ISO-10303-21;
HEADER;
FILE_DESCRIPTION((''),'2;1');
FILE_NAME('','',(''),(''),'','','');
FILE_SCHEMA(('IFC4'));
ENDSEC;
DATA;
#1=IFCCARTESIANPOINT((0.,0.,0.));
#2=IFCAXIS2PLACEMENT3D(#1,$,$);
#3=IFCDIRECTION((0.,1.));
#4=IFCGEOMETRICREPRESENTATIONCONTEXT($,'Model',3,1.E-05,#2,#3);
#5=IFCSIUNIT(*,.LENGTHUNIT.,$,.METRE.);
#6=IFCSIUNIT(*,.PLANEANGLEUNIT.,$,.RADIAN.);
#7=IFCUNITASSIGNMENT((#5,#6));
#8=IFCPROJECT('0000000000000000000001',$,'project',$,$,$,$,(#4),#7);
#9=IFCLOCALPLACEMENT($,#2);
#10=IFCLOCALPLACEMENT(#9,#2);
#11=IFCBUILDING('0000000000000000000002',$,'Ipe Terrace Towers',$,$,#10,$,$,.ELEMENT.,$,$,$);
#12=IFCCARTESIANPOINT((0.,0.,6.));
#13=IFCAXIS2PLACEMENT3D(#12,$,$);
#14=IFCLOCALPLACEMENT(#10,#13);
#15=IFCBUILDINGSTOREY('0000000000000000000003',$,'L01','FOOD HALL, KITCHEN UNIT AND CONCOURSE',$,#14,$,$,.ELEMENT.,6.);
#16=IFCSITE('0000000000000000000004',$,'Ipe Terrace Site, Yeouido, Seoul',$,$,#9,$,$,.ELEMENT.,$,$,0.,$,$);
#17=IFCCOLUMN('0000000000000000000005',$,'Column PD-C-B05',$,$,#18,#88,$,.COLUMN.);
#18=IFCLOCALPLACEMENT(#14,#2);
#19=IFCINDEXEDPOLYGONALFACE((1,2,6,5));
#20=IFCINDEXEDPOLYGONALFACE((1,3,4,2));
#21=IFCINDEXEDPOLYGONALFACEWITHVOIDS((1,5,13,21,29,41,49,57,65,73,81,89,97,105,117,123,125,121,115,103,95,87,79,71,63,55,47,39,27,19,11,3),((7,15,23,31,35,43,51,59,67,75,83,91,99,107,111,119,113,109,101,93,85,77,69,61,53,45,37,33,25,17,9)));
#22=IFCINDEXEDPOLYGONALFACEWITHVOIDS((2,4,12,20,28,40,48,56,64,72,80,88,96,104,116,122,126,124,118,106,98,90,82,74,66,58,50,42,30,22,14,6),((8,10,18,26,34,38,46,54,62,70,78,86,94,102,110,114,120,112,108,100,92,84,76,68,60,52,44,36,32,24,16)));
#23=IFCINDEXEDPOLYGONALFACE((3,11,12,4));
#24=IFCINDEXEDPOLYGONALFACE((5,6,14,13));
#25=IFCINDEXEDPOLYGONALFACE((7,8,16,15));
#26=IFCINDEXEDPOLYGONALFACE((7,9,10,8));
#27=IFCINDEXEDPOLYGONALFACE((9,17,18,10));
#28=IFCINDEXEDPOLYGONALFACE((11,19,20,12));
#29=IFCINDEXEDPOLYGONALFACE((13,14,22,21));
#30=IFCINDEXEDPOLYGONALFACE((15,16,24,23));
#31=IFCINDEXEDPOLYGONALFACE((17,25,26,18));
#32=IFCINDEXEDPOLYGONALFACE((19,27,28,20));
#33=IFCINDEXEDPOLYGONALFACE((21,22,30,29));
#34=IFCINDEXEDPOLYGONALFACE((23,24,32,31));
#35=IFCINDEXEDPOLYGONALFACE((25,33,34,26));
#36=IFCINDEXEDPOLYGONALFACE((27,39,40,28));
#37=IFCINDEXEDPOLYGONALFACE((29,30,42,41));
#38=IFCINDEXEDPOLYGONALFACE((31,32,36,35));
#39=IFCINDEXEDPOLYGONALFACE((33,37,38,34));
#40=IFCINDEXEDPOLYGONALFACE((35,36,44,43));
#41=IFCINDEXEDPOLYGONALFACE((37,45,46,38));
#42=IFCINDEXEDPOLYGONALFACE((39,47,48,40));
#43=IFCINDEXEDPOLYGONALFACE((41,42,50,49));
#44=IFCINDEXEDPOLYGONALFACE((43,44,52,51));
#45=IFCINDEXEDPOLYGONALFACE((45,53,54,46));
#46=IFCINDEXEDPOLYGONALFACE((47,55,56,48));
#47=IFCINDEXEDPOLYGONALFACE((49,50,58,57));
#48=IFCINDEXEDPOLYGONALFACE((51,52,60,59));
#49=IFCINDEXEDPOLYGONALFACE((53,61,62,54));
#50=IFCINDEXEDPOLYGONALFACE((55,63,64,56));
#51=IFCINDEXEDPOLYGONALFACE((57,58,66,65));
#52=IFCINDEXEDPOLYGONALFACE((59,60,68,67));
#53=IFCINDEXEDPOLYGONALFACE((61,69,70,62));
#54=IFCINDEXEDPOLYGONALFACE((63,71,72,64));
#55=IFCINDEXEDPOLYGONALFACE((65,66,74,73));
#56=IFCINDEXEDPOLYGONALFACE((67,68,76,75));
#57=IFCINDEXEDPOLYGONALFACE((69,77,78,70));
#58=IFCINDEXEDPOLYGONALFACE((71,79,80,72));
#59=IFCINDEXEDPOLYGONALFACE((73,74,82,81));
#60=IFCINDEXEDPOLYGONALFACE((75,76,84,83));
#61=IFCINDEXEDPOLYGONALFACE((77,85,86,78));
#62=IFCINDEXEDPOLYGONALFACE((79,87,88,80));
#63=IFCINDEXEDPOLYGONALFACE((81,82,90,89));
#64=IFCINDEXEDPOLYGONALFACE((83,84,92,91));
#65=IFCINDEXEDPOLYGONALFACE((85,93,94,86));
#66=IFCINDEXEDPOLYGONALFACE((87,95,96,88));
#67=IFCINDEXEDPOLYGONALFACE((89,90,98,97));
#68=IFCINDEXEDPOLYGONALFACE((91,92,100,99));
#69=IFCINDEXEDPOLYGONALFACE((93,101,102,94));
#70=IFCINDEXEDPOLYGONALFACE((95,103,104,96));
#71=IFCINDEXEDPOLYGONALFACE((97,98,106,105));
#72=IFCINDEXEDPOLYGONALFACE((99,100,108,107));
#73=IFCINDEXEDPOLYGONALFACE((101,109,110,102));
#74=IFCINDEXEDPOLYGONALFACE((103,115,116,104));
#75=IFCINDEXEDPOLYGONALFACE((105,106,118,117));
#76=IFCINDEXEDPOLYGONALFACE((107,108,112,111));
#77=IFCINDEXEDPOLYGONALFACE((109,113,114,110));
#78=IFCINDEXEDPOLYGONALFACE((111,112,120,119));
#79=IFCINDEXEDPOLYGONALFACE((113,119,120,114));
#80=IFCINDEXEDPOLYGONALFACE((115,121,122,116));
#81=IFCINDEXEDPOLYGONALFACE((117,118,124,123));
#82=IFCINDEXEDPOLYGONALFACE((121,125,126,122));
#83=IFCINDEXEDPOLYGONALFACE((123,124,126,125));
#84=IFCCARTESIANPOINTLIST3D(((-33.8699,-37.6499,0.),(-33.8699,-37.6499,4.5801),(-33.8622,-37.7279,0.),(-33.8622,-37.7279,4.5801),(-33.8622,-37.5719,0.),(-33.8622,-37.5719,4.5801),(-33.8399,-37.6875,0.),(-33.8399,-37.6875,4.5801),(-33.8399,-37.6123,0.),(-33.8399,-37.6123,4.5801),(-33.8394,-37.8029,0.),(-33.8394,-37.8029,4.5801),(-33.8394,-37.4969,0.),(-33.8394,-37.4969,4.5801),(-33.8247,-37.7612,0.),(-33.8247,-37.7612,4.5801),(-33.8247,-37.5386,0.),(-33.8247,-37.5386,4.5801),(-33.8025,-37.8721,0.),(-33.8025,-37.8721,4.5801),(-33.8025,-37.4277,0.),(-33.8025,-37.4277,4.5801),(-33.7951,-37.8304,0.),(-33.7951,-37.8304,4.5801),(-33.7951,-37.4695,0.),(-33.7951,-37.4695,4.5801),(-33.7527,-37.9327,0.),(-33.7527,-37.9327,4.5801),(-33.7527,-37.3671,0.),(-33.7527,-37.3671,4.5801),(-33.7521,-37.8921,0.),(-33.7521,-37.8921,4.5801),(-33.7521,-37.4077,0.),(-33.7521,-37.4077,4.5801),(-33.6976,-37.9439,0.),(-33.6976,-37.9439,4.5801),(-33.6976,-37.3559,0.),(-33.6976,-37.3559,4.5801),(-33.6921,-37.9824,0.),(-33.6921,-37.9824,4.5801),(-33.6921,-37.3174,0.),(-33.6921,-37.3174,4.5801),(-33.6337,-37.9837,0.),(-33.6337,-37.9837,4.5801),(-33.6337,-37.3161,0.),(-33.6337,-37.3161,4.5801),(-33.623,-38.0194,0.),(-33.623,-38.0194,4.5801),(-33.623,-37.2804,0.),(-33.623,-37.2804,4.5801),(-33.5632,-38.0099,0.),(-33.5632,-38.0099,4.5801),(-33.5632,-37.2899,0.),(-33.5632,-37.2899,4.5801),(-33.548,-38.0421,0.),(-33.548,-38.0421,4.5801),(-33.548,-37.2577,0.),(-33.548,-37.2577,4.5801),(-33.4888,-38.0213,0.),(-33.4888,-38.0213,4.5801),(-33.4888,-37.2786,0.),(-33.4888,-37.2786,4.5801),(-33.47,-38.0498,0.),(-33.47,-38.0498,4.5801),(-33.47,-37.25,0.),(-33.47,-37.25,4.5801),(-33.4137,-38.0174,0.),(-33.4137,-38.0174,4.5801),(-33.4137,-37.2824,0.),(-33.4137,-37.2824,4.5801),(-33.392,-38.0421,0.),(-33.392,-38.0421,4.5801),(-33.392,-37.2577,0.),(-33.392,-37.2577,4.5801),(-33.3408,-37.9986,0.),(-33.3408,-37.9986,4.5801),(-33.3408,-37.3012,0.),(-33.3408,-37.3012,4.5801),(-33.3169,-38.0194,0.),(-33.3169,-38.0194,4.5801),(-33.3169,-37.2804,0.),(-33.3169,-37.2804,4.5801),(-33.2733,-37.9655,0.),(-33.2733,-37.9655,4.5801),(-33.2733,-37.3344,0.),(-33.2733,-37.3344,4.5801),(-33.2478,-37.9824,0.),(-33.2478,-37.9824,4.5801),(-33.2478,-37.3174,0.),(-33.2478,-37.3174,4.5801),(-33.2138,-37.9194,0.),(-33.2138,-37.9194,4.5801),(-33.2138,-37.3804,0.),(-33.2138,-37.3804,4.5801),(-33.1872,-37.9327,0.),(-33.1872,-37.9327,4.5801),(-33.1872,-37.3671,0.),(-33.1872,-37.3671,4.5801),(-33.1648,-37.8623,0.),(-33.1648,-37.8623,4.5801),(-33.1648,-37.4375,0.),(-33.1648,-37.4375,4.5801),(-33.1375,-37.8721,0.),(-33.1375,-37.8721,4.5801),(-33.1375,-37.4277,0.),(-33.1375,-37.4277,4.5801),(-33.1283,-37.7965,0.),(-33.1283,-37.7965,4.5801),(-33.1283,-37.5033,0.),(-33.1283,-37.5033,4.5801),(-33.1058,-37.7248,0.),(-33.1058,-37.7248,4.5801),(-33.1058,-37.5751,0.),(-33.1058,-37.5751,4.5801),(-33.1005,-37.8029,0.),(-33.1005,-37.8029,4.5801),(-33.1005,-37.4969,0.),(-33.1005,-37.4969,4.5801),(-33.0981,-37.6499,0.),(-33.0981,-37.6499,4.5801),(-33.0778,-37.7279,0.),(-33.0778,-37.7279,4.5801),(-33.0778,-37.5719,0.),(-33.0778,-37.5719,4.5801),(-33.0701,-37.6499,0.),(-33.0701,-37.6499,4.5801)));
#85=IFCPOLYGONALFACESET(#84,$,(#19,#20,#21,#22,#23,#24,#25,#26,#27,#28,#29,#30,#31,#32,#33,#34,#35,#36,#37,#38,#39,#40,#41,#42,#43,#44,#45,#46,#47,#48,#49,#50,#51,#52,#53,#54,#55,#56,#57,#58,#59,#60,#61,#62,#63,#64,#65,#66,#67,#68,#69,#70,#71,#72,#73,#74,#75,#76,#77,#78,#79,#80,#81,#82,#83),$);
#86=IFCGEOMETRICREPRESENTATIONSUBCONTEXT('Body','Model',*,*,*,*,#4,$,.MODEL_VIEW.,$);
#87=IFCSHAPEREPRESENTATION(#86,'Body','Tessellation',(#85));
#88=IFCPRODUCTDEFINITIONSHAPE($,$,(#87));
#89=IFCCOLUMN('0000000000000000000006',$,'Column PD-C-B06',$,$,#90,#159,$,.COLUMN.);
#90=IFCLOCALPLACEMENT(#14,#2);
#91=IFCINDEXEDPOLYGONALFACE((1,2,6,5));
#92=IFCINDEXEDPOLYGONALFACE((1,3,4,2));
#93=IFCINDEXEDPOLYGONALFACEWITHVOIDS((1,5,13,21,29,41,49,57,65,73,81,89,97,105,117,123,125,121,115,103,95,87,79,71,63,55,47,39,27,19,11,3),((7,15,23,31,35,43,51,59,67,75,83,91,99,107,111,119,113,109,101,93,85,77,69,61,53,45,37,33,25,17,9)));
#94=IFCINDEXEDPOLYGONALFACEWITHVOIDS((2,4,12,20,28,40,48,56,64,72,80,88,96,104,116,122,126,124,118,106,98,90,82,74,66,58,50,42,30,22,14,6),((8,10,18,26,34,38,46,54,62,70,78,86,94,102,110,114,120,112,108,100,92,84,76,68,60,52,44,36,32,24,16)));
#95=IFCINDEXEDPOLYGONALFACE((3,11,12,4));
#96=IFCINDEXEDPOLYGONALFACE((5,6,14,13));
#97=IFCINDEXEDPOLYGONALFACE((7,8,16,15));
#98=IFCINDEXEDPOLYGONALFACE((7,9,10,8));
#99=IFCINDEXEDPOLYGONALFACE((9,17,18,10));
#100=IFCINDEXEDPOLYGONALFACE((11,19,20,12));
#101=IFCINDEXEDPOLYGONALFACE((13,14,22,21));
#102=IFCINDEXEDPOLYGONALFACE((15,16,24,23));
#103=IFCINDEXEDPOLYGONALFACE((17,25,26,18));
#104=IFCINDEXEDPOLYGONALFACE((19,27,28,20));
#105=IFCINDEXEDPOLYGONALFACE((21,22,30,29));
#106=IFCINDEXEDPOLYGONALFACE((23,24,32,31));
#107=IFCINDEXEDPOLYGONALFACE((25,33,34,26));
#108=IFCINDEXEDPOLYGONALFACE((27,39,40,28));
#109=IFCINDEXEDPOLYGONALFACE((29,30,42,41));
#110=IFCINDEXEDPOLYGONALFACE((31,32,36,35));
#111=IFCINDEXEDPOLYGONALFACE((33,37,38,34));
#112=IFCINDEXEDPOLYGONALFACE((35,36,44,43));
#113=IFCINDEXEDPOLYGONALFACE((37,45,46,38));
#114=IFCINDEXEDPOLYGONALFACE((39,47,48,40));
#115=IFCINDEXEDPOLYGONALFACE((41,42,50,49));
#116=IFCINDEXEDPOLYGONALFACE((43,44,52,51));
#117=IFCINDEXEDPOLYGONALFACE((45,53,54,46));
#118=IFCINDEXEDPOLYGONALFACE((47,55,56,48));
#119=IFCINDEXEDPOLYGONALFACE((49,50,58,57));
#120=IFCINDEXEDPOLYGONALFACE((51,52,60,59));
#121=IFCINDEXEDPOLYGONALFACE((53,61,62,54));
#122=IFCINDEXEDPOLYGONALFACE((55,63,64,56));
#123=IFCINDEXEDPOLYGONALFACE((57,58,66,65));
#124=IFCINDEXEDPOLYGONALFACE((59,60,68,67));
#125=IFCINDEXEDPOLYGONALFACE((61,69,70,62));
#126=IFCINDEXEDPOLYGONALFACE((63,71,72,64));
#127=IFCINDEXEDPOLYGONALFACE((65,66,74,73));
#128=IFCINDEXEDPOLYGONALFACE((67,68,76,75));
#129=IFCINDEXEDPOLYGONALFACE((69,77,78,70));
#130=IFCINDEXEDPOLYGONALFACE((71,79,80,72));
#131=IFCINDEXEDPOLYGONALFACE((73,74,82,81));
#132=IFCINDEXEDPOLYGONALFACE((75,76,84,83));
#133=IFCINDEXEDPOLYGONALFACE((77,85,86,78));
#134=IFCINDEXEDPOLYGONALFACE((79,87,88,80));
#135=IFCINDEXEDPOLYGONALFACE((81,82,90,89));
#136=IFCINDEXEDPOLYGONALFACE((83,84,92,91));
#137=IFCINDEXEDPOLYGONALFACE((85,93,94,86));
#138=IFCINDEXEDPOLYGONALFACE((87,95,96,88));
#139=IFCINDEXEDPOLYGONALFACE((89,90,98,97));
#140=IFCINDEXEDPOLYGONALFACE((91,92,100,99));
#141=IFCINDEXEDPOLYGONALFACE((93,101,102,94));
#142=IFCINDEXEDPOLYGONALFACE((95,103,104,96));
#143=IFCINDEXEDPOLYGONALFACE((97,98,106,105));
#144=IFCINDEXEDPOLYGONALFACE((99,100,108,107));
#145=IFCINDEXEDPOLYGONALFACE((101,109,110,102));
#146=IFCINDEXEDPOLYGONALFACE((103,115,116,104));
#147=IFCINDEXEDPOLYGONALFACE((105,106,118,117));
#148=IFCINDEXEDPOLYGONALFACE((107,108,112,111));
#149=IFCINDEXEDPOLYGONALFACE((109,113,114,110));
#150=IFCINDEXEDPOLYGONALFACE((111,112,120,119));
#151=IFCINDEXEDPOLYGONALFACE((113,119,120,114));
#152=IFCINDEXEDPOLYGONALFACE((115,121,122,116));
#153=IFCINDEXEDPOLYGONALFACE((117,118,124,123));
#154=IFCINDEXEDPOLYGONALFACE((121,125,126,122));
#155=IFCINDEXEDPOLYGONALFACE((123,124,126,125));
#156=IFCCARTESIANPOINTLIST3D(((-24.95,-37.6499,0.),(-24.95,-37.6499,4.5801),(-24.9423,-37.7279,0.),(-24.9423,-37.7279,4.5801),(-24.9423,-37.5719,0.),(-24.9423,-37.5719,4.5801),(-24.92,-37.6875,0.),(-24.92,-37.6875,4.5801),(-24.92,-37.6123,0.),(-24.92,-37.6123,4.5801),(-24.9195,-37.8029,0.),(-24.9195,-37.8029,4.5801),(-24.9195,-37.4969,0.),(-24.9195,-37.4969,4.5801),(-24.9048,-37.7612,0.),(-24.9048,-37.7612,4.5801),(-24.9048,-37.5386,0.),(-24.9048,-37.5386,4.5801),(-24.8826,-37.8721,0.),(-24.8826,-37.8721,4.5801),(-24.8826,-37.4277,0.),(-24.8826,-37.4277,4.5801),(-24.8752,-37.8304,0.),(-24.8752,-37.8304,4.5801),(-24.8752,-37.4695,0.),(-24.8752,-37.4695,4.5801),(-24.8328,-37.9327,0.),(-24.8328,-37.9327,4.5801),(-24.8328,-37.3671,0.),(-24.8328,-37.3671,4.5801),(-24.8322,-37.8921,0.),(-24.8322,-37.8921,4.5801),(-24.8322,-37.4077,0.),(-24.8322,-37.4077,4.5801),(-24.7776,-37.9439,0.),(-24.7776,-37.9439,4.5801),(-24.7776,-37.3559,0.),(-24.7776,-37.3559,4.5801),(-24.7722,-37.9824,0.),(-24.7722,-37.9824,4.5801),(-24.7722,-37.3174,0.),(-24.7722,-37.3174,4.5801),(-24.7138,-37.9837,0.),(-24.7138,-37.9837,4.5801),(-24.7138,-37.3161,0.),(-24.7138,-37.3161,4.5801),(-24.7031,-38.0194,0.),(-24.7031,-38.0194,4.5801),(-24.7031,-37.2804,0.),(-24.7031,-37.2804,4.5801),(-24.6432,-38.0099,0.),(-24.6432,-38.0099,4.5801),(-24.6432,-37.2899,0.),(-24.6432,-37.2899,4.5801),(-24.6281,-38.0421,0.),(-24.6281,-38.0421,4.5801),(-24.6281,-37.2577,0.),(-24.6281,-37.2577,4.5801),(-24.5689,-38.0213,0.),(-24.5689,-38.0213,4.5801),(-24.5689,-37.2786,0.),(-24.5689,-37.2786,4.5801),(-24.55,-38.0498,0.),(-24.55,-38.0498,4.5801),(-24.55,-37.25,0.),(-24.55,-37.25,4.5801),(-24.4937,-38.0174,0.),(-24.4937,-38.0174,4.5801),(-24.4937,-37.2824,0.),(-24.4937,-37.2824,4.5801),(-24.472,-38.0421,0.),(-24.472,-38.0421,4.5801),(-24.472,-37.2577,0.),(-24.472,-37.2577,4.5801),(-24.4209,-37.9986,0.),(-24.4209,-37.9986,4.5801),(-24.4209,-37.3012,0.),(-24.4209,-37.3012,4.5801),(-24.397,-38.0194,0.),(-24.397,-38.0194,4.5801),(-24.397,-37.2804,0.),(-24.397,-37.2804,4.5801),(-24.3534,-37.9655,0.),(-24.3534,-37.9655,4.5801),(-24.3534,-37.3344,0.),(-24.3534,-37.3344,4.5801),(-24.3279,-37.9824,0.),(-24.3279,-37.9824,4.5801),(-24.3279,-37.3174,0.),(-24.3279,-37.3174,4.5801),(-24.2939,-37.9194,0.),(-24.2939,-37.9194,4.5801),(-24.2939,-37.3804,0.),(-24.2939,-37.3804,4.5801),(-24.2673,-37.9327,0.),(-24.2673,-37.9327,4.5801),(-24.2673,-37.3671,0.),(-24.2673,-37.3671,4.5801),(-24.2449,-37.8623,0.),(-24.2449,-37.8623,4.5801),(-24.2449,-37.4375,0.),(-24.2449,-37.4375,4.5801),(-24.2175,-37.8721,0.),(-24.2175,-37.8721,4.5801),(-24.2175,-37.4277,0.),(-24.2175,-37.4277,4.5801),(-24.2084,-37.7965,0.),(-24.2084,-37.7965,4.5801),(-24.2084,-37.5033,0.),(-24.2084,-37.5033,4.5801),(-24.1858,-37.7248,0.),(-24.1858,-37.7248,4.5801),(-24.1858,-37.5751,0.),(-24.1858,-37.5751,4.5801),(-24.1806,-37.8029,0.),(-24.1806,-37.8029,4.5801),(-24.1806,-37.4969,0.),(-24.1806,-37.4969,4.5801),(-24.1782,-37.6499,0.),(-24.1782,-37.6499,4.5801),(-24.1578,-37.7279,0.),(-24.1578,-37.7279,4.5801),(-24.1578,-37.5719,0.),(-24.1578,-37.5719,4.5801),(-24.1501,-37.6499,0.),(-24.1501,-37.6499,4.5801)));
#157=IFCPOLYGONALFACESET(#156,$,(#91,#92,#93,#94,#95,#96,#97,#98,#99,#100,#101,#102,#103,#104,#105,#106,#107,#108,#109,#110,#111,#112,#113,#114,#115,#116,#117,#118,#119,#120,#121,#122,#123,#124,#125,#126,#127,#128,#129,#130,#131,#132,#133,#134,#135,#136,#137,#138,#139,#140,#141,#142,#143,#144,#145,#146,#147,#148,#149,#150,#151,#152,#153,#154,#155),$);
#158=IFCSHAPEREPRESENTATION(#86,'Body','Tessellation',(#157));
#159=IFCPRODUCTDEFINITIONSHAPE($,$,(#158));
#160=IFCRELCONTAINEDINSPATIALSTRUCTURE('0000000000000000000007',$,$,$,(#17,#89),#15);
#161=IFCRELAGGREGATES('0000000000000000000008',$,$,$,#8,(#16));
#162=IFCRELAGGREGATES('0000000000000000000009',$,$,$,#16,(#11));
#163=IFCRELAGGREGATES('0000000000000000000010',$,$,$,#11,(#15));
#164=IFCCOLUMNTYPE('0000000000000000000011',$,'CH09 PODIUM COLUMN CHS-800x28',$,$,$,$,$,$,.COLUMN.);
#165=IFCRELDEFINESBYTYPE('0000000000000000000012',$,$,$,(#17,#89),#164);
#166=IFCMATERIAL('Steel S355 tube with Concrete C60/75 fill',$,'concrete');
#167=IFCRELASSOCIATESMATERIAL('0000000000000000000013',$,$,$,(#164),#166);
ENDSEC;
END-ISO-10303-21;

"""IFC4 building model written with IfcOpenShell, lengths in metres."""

from ifc_helpers import new_model, si_unit, direction, frame, origin, origin_2d, place, context, subcontext, project, spatial, hollow_circle, extrude, material, material_profile, profile_set, type_object, element, save


model = new_model("IFC4")

# Units and contexts
model_context = context("Model", 3, precision=1e-05, world=origin(), true_north=direction((0.0, 1.0)))
body_context = subcontext(model_context, "Body", "Model", "MODEL_VIEW")
ifc_project = project(units=[si_unit("LENGTHUNIT", "METRE"), si_unit("PLANEANGLEUNIT", "RADIAN")], contexts=[model_context])

# Site, building, storey
site_placement = place(None, origin())
site = spatial("IfcSite", under=ifc_project, at=site_placement, Name="Ipe Terrace Site, Yeouido, Seoul", CompositionType="ELEMENT", RefElevation=0.0)
building_placement = place(site_placement, origin())
building = spatial("IfcBuilding", under=site, at=building_placement, Name="Ipe Terrace Towers", CompositionType="ELEMENT")
storey_placement = place(building_placement, frame((0.0, 0.0, 6.0)))
storey = spatial("IfcBuildingStorey", under=building, at=storey_placement, Name="L01", Description="FOOD HALL, KITCHEN UNIT AND CONCOURSE", CompositionType="ELEMENT", Elevation=6.0)

# Columns
ifc_material_1 = material(Name="Steel S355 tube with Concrete C60/75 fill", Category="concrete")
ifc_material_profile_1 = material_profile(ifc_material_1, hollow_circle(Radius=0.3999, WallThickness=0.0281, at=origin_2d()), Name="CHS-800x28")
ifc_profile_set_1 = profile_set([ifc_material_profile_1], Name="Steel S355 tube with Concrete C60/75 fill")
column_type = type_object("IfcColumnType", Name="CH09 PODIUM COLUMN CHS-800x28", PredefinedType="COLUMN", material=ifc_profile_set_1)
for number, where, z_axis, x_axis, name in (
    (1, (-33.47, -37.6499, 0.0), (0.0, 0.0, 1.0), (1.0, 0.0, 0.0), "Column PD-C-B05"),
    (2, (-24.55, -37.6499, 0.0), (0.0, 0.0, 1.0), (1.0, 0.0, 0.0), "Column PD-C-B06"),
):
    element("IfcColumn", number, at=place(storey_placement, frame(where, z_axis=z_axis, x_axis=x_axis)), inside=storey, type_object=column_type, Name=name, PredefinedType="COLUMN", context=body_context, shape_type="SweptSolid", body=[
        extrude(hollow_circle(Radius=0.3999, WallThickness=0.0281, at=origin_2d()), origin(), (0.0, 0.0, 1.0), 4.5801),
    ])

save(model, "model.ifc")
